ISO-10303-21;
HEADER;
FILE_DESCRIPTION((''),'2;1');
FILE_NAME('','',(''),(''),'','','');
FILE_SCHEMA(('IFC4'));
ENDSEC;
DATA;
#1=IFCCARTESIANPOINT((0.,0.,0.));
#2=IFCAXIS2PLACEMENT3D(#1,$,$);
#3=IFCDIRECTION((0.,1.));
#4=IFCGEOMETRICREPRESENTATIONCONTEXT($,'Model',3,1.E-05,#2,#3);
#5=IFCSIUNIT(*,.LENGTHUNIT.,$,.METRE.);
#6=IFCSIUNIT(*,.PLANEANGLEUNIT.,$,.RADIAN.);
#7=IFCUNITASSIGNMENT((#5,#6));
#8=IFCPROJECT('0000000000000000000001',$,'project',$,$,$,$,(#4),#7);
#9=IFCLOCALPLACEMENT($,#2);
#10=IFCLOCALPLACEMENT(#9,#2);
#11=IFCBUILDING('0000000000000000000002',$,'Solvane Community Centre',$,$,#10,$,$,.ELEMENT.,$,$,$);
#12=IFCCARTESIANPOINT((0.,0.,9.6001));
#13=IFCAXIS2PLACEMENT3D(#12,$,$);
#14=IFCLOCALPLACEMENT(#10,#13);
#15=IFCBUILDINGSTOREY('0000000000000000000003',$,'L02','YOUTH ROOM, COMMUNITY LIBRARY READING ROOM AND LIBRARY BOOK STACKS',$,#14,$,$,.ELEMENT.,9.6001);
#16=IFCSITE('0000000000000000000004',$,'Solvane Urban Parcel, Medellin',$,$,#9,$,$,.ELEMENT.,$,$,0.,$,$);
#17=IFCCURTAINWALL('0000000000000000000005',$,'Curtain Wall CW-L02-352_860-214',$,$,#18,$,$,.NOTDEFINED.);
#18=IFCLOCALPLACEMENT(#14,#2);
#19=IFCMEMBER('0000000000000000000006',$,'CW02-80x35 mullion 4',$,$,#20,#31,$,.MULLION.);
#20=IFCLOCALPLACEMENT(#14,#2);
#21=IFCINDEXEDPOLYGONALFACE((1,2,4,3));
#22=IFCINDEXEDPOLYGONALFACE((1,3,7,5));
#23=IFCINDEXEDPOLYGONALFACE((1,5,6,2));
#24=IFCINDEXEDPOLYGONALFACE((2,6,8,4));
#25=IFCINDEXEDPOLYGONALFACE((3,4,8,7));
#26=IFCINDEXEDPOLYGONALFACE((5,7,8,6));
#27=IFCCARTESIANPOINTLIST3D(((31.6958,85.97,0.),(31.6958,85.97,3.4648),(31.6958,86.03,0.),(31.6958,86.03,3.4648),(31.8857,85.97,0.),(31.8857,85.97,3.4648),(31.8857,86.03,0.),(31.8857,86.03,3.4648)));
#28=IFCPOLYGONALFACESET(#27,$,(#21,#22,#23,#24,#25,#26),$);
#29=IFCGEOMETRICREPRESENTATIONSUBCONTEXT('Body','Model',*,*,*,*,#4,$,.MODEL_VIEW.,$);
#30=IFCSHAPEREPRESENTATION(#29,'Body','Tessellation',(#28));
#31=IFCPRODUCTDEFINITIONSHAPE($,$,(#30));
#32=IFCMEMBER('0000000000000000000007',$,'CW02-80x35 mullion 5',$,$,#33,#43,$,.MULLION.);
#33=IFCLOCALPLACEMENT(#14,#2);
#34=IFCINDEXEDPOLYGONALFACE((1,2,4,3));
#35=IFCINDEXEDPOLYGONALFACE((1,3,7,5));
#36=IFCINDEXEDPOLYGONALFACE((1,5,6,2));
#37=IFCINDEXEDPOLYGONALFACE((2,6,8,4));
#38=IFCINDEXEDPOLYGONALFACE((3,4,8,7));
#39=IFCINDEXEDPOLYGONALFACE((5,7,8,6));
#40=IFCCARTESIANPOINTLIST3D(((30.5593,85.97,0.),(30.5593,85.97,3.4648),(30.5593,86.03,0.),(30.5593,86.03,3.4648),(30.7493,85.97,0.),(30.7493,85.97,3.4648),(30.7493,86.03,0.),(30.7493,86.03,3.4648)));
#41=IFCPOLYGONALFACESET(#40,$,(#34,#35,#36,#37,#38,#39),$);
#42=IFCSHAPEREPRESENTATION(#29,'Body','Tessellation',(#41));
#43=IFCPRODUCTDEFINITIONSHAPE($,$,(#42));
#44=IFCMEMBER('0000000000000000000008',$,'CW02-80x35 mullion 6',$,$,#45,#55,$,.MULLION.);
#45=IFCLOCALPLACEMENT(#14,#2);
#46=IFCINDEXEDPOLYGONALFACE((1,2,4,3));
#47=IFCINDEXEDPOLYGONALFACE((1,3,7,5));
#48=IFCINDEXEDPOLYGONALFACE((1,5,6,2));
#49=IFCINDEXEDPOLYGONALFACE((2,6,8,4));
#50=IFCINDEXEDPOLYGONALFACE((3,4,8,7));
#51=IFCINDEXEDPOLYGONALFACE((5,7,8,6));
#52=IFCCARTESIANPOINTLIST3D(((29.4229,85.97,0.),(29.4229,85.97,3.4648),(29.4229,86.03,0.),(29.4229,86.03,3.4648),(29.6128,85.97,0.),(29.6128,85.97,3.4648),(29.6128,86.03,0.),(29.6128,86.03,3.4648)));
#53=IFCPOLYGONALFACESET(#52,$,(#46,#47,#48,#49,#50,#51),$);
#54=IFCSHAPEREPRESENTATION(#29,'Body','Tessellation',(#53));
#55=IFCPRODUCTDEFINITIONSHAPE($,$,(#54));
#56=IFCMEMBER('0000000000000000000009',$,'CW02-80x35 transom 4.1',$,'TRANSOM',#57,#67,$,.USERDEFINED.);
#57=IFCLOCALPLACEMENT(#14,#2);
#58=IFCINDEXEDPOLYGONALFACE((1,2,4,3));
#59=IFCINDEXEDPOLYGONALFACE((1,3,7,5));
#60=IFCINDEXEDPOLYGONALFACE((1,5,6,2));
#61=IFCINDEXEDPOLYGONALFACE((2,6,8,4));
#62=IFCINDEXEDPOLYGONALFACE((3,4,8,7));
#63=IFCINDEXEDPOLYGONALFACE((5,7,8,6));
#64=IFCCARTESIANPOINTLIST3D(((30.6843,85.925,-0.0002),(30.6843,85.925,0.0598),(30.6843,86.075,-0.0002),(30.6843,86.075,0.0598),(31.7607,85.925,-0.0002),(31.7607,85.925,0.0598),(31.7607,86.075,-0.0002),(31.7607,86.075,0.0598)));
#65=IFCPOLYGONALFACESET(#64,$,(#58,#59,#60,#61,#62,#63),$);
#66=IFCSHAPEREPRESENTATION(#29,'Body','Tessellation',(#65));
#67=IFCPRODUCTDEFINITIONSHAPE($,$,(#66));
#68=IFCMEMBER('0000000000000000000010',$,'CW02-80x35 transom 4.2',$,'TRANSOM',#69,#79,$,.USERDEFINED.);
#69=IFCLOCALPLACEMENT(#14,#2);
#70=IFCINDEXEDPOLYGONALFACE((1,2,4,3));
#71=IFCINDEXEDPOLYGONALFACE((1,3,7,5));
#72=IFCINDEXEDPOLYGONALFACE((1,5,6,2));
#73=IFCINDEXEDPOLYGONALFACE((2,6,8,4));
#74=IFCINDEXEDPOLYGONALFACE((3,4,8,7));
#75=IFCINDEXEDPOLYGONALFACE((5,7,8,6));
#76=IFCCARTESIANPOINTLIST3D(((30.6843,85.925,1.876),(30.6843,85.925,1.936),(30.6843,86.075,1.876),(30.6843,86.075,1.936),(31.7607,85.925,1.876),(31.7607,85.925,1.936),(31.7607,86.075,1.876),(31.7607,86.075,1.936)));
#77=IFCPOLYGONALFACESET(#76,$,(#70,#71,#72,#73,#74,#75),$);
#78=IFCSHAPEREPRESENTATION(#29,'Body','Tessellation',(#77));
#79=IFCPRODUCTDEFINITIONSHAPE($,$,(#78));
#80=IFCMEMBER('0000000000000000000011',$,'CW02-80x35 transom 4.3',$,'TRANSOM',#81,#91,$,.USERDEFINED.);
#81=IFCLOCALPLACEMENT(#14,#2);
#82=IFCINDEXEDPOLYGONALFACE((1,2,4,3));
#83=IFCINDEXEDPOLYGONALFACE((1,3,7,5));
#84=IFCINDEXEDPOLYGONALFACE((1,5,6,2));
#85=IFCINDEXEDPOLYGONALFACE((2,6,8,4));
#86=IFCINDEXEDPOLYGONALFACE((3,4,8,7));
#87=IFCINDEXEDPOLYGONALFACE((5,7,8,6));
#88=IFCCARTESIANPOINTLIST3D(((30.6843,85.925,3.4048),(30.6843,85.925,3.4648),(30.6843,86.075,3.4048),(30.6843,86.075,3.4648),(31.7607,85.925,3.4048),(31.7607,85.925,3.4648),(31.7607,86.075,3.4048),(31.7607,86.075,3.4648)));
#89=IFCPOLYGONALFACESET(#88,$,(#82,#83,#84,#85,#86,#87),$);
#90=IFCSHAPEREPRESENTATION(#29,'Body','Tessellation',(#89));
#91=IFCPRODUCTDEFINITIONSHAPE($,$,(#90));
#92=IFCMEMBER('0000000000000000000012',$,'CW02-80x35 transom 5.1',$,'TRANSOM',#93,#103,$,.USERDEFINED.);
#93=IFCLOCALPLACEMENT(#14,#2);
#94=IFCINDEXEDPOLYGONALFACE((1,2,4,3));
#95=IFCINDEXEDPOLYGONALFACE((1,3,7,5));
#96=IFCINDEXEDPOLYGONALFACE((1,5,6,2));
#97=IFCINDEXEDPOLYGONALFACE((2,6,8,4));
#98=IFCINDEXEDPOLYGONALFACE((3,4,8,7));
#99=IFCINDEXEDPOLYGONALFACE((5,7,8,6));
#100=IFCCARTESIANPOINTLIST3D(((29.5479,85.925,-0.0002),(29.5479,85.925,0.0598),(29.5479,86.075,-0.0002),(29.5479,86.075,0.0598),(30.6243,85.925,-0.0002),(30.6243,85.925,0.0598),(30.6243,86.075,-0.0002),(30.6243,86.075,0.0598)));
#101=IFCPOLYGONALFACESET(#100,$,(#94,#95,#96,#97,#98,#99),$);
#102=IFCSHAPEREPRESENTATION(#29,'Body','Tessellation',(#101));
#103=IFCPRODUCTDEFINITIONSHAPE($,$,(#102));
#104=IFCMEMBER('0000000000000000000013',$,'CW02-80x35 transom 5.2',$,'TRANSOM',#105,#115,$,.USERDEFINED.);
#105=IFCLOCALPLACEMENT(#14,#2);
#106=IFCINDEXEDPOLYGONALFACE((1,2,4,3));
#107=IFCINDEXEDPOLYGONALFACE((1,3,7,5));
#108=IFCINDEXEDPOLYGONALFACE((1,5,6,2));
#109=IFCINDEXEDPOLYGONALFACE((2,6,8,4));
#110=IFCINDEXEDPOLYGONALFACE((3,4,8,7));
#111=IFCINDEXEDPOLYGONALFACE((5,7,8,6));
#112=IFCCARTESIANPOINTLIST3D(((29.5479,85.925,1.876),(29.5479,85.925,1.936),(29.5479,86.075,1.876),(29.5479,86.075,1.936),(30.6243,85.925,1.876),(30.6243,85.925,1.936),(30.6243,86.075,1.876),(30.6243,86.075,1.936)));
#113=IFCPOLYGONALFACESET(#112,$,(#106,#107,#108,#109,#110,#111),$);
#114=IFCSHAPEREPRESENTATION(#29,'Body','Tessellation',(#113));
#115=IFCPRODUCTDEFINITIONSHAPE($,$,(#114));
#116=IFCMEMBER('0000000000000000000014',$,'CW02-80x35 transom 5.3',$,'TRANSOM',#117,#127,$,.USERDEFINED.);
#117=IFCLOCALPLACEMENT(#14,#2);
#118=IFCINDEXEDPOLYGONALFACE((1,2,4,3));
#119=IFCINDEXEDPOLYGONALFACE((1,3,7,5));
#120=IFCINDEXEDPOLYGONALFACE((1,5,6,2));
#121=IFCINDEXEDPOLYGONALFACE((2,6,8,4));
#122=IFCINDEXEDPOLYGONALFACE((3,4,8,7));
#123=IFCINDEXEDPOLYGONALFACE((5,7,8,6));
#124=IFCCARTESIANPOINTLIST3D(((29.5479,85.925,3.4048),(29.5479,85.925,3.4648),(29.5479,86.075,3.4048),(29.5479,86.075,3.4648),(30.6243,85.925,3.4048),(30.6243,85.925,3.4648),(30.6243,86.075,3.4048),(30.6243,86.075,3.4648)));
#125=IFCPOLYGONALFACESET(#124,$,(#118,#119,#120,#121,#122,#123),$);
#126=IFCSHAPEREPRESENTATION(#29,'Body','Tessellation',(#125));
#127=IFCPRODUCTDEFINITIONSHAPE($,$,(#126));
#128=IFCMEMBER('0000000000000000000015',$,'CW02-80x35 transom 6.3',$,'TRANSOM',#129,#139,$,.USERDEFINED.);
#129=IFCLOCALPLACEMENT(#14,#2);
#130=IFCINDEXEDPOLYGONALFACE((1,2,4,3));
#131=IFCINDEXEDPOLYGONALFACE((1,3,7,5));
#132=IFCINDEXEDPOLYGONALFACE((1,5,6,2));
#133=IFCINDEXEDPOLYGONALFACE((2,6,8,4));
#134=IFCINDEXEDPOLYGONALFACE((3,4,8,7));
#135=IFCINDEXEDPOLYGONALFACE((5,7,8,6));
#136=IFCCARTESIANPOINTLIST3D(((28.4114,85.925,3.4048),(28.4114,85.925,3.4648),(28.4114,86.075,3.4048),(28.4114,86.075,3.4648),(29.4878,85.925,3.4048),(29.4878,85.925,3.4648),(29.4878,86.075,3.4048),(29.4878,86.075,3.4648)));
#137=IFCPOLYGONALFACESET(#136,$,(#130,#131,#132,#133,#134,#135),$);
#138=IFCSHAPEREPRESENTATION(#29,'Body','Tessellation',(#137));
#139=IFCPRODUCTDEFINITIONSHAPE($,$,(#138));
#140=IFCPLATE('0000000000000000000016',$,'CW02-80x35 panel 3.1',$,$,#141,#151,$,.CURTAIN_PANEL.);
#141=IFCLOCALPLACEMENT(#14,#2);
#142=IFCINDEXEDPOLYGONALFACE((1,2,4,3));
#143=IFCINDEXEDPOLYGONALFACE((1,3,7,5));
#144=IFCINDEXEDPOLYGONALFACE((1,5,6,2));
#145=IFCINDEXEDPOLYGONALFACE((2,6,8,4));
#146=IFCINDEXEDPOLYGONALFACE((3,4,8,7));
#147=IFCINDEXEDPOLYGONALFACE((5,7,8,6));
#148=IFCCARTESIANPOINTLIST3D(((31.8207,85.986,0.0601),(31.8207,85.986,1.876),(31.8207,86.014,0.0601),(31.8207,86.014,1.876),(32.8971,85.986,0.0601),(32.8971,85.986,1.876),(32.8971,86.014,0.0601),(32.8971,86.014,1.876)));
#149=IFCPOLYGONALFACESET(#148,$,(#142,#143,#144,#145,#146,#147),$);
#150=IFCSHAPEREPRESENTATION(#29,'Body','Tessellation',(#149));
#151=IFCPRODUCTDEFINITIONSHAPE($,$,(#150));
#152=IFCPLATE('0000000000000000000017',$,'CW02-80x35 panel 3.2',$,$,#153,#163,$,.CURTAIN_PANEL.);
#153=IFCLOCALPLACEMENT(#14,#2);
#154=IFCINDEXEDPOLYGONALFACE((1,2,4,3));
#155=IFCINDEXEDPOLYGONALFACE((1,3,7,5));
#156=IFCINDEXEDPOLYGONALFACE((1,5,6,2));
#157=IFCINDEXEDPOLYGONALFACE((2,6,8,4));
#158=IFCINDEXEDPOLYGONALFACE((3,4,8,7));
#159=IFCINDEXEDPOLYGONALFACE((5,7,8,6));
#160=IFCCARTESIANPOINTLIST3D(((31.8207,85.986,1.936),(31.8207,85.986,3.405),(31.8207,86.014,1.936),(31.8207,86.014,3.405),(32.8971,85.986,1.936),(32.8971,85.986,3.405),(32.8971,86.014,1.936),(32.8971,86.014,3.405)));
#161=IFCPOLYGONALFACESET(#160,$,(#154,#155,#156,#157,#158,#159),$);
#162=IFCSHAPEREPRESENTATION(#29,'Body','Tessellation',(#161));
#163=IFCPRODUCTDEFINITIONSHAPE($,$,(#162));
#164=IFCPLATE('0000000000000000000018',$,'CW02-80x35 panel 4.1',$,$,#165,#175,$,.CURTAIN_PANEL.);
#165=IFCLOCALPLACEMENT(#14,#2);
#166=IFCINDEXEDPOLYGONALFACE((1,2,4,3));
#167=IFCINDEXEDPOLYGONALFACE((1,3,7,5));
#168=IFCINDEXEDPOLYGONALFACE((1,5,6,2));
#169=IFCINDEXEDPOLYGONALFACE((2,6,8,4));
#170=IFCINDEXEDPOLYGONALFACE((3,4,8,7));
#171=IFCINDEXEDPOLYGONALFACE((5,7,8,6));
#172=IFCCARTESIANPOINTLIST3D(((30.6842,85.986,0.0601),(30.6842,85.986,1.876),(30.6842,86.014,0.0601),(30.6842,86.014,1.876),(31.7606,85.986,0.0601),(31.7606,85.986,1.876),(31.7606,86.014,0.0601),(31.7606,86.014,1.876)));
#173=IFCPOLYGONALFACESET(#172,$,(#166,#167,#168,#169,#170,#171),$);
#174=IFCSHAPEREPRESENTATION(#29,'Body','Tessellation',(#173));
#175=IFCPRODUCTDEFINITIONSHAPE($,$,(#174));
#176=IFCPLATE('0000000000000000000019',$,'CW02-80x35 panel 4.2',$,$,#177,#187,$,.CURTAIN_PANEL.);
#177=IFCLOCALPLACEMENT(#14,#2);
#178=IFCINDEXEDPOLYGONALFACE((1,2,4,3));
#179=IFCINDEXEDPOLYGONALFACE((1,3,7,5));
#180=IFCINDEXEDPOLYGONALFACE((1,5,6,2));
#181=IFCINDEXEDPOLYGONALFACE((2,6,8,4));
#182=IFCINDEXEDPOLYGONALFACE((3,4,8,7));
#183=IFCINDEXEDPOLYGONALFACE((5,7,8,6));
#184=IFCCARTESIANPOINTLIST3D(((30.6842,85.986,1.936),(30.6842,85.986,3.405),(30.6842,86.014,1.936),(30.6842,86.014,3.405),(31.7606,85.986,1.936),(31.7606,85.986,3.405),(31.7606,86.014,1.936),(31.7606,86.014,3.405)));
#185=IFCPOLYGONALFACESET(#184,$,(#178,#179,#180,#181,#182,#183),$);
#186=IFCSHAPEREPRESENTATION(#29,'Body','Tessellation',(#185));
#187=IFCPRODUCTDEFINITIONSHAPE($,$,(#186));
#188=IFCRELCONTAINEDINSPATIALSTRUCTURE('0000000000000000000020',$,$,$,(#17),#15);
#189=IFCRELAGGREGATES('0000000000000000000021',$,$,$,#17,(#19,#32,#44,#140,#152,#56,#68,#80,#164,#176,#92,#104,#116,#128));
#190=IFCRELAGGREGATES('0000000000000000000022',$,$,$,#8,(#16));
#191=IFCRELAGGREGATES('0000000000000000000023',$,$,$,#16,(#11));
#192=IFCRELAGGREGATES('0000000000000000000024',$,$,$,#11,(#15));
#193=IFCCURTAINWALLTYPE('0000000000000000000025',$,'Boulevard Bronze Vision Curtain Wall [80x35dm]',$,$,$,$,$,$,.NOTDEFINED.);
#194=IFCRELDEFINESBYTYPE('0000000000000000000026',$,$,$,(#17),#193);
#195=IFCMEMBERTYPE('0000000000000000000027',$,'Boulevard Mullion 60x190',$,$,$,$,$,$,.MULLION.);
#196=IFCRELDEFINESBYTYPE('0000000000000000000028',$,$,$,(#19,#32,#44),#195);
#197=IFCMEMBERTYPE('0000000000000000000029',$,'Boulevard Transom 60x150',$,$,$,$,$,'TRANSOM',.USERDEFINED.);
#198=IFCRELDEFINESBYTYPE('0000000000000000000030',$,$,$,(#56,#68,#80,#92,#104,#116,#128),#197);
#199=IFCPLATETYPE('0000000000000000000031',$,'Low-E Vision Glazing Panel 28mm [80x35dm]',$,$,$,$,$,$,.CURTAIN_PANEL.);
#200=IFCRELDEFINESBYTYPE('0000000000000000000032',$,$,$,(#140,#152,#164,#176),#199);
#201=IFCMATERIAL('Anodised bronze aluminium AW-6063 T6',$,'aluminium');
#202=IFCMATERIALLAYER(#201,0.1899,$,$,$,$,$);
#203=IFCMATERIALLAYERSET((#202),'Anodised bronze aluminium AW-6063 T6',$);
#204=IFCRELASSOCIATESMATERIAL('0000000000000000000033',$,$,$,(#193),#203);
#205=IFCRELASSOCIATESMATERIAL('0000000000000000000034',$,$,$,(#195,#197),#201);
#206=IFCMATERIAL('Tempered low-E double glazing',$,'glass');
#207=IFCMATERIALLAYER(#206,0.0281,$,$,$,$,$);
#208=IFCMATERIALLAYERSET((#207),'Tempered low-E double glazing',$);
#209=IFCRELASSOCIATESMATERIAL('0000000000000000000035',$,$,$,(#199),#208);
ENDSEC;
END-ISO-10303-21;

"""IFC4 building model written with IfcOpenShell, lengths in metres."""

from ifc_helpers import new_model, si_unit, direction, frame, origin, origin_2d, place, context, subcontext, project, spatial, rectangle, extrude, material, layer, layer_set, material_profile, profile_set, type_object, element, aggregate, save


model = new_model("IFC4")

# Units and contexts
model_context = context("Model", 3, precision=1e-05, world=origin(), true_north=direction((0.0, 1.0)))
body_context = subcontext(model_context, "Body", "Model", "MODEL_VIEW")
ifc_project = project(units=[si_unit("LENGTHUNIT", "METRE"), si_unit("PLANEANGLEUNIT", "RADIAN")], contexts=[model_context])

# Site, building, storey
site_placement = place(None, origin())
site = spatial("IfcSite", under=ifc_project, at=site_placement, Name="Solvane Urban Parcel, Medellin", CompositionType="ELEMENT", RefElevation=0.0)
building_placement = place(site_placement, origin())
building = spatial("IfcBuilding", under=site, at=building_placement, Name="Solvane Community Centre", CompositionType="ELEMENT")
storey_placement = place(building_placement, frame((0.0, 0.0, 9.6001)))
storey = spatial("IfcBuildingStorey", under=building, at=storey_placement, Name="L02", Description="YOUTH ROOM, COMMUNITY LIBRARY READING ROOM AND LIBRARY BOOK STACKS", CompositionType="ELEMENT", Elevation=9.6001)

# Curtain wall, members, plates
ifc_material_1 = material(Name="Anodised bronze aluminium AW-6063 T6", Category="aluminium")
ifc_layer_1 = layer(ifc_material_1, 0.1899)
ifc_layer_set_1 = layer_set([ifc_layer_1], Name="Anodised bronze aluminium AW-6063 T6")
curtain_wall_type = type_object("IfcCurtainWallType", Name="Boulevard Bronze Vision Curtain Wall [80x35dm]", PredefinedType="NOTDEFINED", material=ifc_layer_set_1)
curtain_wall_placement = place(storey_placement, origin())
curtain_wall = element("IfcCurtainWall", 1, at=curtain_wall_placement, inside=storey, type_object=curtain_wall_type, Name="Curtain Wall CW-L02-352_860-214", PredefinedType="NOTDEFINED")
ifc_material_profile_1 = material_profile(ifc_material_1, rectangle(XDim=0.0601, YDim=0.1899, at=origin_2d()), Name="CW-M 60x190")
ifc_profile_set_1 = profile_set([ifc_material_profile_1], Name="Anodised bronze aluminium AW-6063 T6")
member_type_1 = type_object("IfcMemberType", Name="Boulevard Mullion 60x190", PredefinedType="MULLION", material=ifc_profile_set_1)
member_1_placement = place(storey_placement, frame((31.7908, 86.0, 0.0), z_axis=(0.0, 0.0, 1.0), x_axis=(0.0, -1.0, 0.0)))
member_1 = element("IfcMember", 2, at=member_1_placement, type_object=member_type_1, Name="CW02-80x35 mullion 4", PredefinedType="MULLION", context=body_context, shape_type="SweptSolid", body=[
    extrude(rectangle(XDim=0.0601, YDim=0.1899, at=origin_2d()), origin(), (0.0, 0.0, 1.0), 3.4648),
])
member_2_placement = place(storey_placement, frame((30.6543, 86.0, 0.0), z_axis=(0.0, 0.0, 1.0), x_axis=(0.0, -1.0, 0.0)))
member_2 = element("IfcMember", 3, at=member_2_placement, type_object=member_type_1, Name="CW02-80x35 mullion 5", PredefinedType="MULLION", context=body_context, shape_type="SweptSolid", body=[
    extrude(rectangle(XDim=0.0601, YDim=0.1899, at=origin_2d()), origin(), (0.0, 0.0, 1.0), 3.4648),
])
member_3_placement = place(storey_placement, frame((29.5178, 86.0, 0.0), z_axis=(0.0, 0.0, 1.0), x_axis=(0.0, -1.0, 0.0)))
member_3 = element("IfcMember", 4, at=member_3_placement, type_object=member_type_1, Name="CW02-80x35 mullion 6", PredefinedType="MULLION", context=body_context, shape_type="SweptSolid", body=[
    extrude(rectangle(XDim=0.0601, YDim=0.1899, at=origin_2d()), origin(), (0.0, 0.0, 1.0), 3.4648),
])
ifc_material_profile_2 = material_profile(ifc_material_1, rectangle(XDim=0.1499, YDim=0.0601, at=origin_2d()), Name="CW-T 60x150")
ifc_profile_set_2 = profile_set([ifc_material_profile_2], Name="Anodised bronze aluminium AW-6063 T6")
member_type_2 = type_object("IfcMemberType", Name="Boulevard Transom 60x150", ElementType="TRANSOM", PredefinedType="USERDEFINED", material=ifc_profile_set_2)
member_4_placement = place(storey_placement, frame((31.7607, 86.0, 0.0298), z_axis=(-1.0, 0.0, 0.0), x_axis=(0.0, -1.0, 0.0)))
member_4 = element("IfcMember", 5, at=member_4_placement, type_object=member_type_2, Name="CW02-80x35 transom 4.1", ObjectType="TRANSOM", PredefinedType="USERDEFINED", context=body_context, shape_type="SweptSolid", body=[
    extrude(rectangle(XDim=0.1499, YDim=0.0601, at=origin_2d()), origin(), (0.0, 0.0, 1.0), 1.0764),
])
member_5_placement = place(storey_placement, frame((31.7607, 86.0, 1.906), z_axis=(-1.0, 0.0, 0.0), x_axis=(0.0, -1.0, 0.0)))
member_5 = element("IfcMember", 6, at=member_5_placement, type_object=member_type_2, Name="CW02-80x35 transom 4.2", ObjectType="TRANSOM", PredefinedType="USERDEFINED", context=body_context, shape_type="SweptSolid", body=[
    extrude(rectangle(XDim=0.1499, YDim=0.0601, at=origin_2d()), origin(), (0.0, 0.0, 1.0), 1.0764),
])
member_6_placement = place(storey_placement, frame((31.7607, 86.0, 3.4348), z_axis=(-1.0, 0.0, 0.0), x_axis=(0.0, -1.0, 0.0)))
member_6 = element("IfcMember", 7, at=member_6_placement, type_object=member_type_2, Name="CW02-80x35 transom 4.3", ObjectType="TRANSOM", PredefinedType="USERDEFINED", context=body_context, shape_type="SweptSolid", body=[
    extrude(rectangle(XDim=0.1499, YDim=0.0601, at=origin_2d()), origin(), (0.0, 0.0, 1.0), 1.0764),
])
member_7_placement = place(storey_placement, frame((30.6243, 86.0, 0.0298), z_axis=(-1.0, 0.0, 0.0), x_axis=(0.0, -1.0, 0.0)))
member_7 = element("IfcMember", 8, at=member_7_placement, type_object=member_type_2, Name="CW02-80x35 transom 5.1", ObjectType="TRANSOM", PredefinedType="USERDEFINED", context=body_context, shape_type="SweptSolid", body=[
    extrude(rectangle(XDim=0.1499, YDim=0.0601, at=origin_2d()), origin(), (0.0, 0.0, 1.0), 1.0764),
])
member_8_placement = place(storey_placement, frame((30.6243, 86.0, 1.906), z_axis=(-1.0, 0.0, 0.0), x_axis=(0.0, -1.0, 0.0)))
member_8 = element("IfcMember", 9, at=member_8_placement, type_object=member_type_2, Name="CW02-80x35 transom 5.2", ObjectType="TRANSOM", PredefinedType="USERDEFINED", context=body_context, shape_type="SweptSolid", body=[
    extrude(rectangle(XDim=0.1499, YDim=0.0601, at=origin_2d()), origin(), (0.0, 0.0, 1.0), 1.0764),
])
member_9_placement = place(storey_placement, frame((30.6243, 86.0, 3.4348), z_axis=(-1.0, 0.0, 0.0), x_axis=(0.0, -1.0, 0.0)))
member_9 = element("IfcMember", 10, at=member_9_placement, type_object=member_type_2, Name="CW02-80x35 transom 5.3", ObjectType="TRANSOM", PredefinedType="USERDEFINED", context=body_context, shape_type="SweptSolid", body=[
    extrude(rectangle(XDim=0.1499, YDim=0.0601, at=origin_2d()), origin(), (0.0, 0.0, 1.0), 1.0764),
])
member_10_placement = place(storey_placement, frame((29.4878, 86.0, 3.4348), z_axis=(-1.0, 0.0, 0.0), x_axis=(0.0, -1.0, 0.0)))
member_10 = element("IfcMember", 11, at=member_10_placement, type_object=member_type_2, Name="CW02-80x35 transom 6.3", ObjectType="TRANSOM", PredefinedType="USERDEFINED", context=body_context, shape_type="SweptSolid", body=[
    extrude(rectangle(XDim=0.1499, YDim=0.0601, at=origin_2d()), origin(), (0.0, 0.0, 1.0), 1.0764),
])
ifc_material_2 = material(Name="Tempered low-E double glazing", Category="glass")
ifc_layer_2 = layer(ifc_material_2, 0.0281)
ifc_layer_set_2 = layer_set([ifc_layer_2], Name="Tempered low-E double glazing")
plate_type = type_object("IfcPlateType", Name="Low-E Vision Glazing Panel 28mm [80x35dm]", PredefinedType="CURTAIN_PANEL", material=ifc_layer_set_2)
plate_1_placement = place(storey_placement, frame((32.3589, 86.0, 0.0601), z_axis=(0.0, 0.0, 1.0), x_axis=(-1.0, 0.0, 0.0)))
plate_1 = element("IfcPlate", 12, at=plate_1_placement, type_object=plate_type, Name="CW02-80x35 panel 3.1", PredefinedType="CURTAIN_PANEL", context=body_context, shape_type="SweptSolid", body=[
    extrude(rectangle(XDim=1.0764, YDim=0.0281, at=origin_2d()), origin(), (0.0, 0.0, 1.0), 1.8159),
])
plate_2_placement = place(storey_placement, frame((32.3589, 86.0, 1.936), z_axis=(0.0, 0.0, 1.0), x_axis=(-1.0, 0.0, 0.0)))
plate_2 = element("IfcPlate", 13, at=plate_2_placement, type_object=plate_type, Name="CW02-80x35 panel 3.2", PredefinedType="CURTAIN_PANEL", context=body_context, shape_type="SweptSolid", body=[
    extrude(rectangle(XDim=1.0764, YDim=0.0281, at=origin_2d()), origin(), (0.0, 0.0, 1.0), 1.469),
])
plate_3_placement = place(storey_placement, frame((31.2224, 86.0, 0.0601), z_axis=(0.0, 0.0, 1.0), x_axis=(-1.0, 0.0, 0.0)))
plate_3 = element("IfcPlate", 14, at=plate_3_placement, type_object=plate_type, Name="CW02-80x35 panel 4.1", PredefinedType="CURTAIN_PANEL", context=body_context, shape_type="SweptSolid", body=[
    extrude(rectangle(XDim=1.0764, YDim=0.0281, at=origin_2d()), origin(), (0.0, 0.0, 1.0), 1.8159),
])
plate_4_placement = place(storey_placement, frame((31.2224, 86.0, 1.936), z_axis=(0.0, 0.0, 1.0), x_axis=(-1.0, 0.0, 0.0)))
plate_4 = element("IfcPlate", 15, at=plate_4_placement, type_object=plate_type, Name="CW02-80x35 panel 4.2", PredefinedType="CURTAIN_PANEL", context=body_context, shape_type="SweptSolid", body=[
    extrude(rectangle(XDim=1.0764, YDim=0.0281, at=origin_2d()), origin(), (0.0, 0.0, 1.0), 1.469),
])
aggregate(curtain_wall, [member_1, member_2, member_3, plate_1, plate_2, member_4, member_5, member_6, plate_3, plate_4, member_7, member_8, member_9, member_10])

save(model, "model.ifc")
